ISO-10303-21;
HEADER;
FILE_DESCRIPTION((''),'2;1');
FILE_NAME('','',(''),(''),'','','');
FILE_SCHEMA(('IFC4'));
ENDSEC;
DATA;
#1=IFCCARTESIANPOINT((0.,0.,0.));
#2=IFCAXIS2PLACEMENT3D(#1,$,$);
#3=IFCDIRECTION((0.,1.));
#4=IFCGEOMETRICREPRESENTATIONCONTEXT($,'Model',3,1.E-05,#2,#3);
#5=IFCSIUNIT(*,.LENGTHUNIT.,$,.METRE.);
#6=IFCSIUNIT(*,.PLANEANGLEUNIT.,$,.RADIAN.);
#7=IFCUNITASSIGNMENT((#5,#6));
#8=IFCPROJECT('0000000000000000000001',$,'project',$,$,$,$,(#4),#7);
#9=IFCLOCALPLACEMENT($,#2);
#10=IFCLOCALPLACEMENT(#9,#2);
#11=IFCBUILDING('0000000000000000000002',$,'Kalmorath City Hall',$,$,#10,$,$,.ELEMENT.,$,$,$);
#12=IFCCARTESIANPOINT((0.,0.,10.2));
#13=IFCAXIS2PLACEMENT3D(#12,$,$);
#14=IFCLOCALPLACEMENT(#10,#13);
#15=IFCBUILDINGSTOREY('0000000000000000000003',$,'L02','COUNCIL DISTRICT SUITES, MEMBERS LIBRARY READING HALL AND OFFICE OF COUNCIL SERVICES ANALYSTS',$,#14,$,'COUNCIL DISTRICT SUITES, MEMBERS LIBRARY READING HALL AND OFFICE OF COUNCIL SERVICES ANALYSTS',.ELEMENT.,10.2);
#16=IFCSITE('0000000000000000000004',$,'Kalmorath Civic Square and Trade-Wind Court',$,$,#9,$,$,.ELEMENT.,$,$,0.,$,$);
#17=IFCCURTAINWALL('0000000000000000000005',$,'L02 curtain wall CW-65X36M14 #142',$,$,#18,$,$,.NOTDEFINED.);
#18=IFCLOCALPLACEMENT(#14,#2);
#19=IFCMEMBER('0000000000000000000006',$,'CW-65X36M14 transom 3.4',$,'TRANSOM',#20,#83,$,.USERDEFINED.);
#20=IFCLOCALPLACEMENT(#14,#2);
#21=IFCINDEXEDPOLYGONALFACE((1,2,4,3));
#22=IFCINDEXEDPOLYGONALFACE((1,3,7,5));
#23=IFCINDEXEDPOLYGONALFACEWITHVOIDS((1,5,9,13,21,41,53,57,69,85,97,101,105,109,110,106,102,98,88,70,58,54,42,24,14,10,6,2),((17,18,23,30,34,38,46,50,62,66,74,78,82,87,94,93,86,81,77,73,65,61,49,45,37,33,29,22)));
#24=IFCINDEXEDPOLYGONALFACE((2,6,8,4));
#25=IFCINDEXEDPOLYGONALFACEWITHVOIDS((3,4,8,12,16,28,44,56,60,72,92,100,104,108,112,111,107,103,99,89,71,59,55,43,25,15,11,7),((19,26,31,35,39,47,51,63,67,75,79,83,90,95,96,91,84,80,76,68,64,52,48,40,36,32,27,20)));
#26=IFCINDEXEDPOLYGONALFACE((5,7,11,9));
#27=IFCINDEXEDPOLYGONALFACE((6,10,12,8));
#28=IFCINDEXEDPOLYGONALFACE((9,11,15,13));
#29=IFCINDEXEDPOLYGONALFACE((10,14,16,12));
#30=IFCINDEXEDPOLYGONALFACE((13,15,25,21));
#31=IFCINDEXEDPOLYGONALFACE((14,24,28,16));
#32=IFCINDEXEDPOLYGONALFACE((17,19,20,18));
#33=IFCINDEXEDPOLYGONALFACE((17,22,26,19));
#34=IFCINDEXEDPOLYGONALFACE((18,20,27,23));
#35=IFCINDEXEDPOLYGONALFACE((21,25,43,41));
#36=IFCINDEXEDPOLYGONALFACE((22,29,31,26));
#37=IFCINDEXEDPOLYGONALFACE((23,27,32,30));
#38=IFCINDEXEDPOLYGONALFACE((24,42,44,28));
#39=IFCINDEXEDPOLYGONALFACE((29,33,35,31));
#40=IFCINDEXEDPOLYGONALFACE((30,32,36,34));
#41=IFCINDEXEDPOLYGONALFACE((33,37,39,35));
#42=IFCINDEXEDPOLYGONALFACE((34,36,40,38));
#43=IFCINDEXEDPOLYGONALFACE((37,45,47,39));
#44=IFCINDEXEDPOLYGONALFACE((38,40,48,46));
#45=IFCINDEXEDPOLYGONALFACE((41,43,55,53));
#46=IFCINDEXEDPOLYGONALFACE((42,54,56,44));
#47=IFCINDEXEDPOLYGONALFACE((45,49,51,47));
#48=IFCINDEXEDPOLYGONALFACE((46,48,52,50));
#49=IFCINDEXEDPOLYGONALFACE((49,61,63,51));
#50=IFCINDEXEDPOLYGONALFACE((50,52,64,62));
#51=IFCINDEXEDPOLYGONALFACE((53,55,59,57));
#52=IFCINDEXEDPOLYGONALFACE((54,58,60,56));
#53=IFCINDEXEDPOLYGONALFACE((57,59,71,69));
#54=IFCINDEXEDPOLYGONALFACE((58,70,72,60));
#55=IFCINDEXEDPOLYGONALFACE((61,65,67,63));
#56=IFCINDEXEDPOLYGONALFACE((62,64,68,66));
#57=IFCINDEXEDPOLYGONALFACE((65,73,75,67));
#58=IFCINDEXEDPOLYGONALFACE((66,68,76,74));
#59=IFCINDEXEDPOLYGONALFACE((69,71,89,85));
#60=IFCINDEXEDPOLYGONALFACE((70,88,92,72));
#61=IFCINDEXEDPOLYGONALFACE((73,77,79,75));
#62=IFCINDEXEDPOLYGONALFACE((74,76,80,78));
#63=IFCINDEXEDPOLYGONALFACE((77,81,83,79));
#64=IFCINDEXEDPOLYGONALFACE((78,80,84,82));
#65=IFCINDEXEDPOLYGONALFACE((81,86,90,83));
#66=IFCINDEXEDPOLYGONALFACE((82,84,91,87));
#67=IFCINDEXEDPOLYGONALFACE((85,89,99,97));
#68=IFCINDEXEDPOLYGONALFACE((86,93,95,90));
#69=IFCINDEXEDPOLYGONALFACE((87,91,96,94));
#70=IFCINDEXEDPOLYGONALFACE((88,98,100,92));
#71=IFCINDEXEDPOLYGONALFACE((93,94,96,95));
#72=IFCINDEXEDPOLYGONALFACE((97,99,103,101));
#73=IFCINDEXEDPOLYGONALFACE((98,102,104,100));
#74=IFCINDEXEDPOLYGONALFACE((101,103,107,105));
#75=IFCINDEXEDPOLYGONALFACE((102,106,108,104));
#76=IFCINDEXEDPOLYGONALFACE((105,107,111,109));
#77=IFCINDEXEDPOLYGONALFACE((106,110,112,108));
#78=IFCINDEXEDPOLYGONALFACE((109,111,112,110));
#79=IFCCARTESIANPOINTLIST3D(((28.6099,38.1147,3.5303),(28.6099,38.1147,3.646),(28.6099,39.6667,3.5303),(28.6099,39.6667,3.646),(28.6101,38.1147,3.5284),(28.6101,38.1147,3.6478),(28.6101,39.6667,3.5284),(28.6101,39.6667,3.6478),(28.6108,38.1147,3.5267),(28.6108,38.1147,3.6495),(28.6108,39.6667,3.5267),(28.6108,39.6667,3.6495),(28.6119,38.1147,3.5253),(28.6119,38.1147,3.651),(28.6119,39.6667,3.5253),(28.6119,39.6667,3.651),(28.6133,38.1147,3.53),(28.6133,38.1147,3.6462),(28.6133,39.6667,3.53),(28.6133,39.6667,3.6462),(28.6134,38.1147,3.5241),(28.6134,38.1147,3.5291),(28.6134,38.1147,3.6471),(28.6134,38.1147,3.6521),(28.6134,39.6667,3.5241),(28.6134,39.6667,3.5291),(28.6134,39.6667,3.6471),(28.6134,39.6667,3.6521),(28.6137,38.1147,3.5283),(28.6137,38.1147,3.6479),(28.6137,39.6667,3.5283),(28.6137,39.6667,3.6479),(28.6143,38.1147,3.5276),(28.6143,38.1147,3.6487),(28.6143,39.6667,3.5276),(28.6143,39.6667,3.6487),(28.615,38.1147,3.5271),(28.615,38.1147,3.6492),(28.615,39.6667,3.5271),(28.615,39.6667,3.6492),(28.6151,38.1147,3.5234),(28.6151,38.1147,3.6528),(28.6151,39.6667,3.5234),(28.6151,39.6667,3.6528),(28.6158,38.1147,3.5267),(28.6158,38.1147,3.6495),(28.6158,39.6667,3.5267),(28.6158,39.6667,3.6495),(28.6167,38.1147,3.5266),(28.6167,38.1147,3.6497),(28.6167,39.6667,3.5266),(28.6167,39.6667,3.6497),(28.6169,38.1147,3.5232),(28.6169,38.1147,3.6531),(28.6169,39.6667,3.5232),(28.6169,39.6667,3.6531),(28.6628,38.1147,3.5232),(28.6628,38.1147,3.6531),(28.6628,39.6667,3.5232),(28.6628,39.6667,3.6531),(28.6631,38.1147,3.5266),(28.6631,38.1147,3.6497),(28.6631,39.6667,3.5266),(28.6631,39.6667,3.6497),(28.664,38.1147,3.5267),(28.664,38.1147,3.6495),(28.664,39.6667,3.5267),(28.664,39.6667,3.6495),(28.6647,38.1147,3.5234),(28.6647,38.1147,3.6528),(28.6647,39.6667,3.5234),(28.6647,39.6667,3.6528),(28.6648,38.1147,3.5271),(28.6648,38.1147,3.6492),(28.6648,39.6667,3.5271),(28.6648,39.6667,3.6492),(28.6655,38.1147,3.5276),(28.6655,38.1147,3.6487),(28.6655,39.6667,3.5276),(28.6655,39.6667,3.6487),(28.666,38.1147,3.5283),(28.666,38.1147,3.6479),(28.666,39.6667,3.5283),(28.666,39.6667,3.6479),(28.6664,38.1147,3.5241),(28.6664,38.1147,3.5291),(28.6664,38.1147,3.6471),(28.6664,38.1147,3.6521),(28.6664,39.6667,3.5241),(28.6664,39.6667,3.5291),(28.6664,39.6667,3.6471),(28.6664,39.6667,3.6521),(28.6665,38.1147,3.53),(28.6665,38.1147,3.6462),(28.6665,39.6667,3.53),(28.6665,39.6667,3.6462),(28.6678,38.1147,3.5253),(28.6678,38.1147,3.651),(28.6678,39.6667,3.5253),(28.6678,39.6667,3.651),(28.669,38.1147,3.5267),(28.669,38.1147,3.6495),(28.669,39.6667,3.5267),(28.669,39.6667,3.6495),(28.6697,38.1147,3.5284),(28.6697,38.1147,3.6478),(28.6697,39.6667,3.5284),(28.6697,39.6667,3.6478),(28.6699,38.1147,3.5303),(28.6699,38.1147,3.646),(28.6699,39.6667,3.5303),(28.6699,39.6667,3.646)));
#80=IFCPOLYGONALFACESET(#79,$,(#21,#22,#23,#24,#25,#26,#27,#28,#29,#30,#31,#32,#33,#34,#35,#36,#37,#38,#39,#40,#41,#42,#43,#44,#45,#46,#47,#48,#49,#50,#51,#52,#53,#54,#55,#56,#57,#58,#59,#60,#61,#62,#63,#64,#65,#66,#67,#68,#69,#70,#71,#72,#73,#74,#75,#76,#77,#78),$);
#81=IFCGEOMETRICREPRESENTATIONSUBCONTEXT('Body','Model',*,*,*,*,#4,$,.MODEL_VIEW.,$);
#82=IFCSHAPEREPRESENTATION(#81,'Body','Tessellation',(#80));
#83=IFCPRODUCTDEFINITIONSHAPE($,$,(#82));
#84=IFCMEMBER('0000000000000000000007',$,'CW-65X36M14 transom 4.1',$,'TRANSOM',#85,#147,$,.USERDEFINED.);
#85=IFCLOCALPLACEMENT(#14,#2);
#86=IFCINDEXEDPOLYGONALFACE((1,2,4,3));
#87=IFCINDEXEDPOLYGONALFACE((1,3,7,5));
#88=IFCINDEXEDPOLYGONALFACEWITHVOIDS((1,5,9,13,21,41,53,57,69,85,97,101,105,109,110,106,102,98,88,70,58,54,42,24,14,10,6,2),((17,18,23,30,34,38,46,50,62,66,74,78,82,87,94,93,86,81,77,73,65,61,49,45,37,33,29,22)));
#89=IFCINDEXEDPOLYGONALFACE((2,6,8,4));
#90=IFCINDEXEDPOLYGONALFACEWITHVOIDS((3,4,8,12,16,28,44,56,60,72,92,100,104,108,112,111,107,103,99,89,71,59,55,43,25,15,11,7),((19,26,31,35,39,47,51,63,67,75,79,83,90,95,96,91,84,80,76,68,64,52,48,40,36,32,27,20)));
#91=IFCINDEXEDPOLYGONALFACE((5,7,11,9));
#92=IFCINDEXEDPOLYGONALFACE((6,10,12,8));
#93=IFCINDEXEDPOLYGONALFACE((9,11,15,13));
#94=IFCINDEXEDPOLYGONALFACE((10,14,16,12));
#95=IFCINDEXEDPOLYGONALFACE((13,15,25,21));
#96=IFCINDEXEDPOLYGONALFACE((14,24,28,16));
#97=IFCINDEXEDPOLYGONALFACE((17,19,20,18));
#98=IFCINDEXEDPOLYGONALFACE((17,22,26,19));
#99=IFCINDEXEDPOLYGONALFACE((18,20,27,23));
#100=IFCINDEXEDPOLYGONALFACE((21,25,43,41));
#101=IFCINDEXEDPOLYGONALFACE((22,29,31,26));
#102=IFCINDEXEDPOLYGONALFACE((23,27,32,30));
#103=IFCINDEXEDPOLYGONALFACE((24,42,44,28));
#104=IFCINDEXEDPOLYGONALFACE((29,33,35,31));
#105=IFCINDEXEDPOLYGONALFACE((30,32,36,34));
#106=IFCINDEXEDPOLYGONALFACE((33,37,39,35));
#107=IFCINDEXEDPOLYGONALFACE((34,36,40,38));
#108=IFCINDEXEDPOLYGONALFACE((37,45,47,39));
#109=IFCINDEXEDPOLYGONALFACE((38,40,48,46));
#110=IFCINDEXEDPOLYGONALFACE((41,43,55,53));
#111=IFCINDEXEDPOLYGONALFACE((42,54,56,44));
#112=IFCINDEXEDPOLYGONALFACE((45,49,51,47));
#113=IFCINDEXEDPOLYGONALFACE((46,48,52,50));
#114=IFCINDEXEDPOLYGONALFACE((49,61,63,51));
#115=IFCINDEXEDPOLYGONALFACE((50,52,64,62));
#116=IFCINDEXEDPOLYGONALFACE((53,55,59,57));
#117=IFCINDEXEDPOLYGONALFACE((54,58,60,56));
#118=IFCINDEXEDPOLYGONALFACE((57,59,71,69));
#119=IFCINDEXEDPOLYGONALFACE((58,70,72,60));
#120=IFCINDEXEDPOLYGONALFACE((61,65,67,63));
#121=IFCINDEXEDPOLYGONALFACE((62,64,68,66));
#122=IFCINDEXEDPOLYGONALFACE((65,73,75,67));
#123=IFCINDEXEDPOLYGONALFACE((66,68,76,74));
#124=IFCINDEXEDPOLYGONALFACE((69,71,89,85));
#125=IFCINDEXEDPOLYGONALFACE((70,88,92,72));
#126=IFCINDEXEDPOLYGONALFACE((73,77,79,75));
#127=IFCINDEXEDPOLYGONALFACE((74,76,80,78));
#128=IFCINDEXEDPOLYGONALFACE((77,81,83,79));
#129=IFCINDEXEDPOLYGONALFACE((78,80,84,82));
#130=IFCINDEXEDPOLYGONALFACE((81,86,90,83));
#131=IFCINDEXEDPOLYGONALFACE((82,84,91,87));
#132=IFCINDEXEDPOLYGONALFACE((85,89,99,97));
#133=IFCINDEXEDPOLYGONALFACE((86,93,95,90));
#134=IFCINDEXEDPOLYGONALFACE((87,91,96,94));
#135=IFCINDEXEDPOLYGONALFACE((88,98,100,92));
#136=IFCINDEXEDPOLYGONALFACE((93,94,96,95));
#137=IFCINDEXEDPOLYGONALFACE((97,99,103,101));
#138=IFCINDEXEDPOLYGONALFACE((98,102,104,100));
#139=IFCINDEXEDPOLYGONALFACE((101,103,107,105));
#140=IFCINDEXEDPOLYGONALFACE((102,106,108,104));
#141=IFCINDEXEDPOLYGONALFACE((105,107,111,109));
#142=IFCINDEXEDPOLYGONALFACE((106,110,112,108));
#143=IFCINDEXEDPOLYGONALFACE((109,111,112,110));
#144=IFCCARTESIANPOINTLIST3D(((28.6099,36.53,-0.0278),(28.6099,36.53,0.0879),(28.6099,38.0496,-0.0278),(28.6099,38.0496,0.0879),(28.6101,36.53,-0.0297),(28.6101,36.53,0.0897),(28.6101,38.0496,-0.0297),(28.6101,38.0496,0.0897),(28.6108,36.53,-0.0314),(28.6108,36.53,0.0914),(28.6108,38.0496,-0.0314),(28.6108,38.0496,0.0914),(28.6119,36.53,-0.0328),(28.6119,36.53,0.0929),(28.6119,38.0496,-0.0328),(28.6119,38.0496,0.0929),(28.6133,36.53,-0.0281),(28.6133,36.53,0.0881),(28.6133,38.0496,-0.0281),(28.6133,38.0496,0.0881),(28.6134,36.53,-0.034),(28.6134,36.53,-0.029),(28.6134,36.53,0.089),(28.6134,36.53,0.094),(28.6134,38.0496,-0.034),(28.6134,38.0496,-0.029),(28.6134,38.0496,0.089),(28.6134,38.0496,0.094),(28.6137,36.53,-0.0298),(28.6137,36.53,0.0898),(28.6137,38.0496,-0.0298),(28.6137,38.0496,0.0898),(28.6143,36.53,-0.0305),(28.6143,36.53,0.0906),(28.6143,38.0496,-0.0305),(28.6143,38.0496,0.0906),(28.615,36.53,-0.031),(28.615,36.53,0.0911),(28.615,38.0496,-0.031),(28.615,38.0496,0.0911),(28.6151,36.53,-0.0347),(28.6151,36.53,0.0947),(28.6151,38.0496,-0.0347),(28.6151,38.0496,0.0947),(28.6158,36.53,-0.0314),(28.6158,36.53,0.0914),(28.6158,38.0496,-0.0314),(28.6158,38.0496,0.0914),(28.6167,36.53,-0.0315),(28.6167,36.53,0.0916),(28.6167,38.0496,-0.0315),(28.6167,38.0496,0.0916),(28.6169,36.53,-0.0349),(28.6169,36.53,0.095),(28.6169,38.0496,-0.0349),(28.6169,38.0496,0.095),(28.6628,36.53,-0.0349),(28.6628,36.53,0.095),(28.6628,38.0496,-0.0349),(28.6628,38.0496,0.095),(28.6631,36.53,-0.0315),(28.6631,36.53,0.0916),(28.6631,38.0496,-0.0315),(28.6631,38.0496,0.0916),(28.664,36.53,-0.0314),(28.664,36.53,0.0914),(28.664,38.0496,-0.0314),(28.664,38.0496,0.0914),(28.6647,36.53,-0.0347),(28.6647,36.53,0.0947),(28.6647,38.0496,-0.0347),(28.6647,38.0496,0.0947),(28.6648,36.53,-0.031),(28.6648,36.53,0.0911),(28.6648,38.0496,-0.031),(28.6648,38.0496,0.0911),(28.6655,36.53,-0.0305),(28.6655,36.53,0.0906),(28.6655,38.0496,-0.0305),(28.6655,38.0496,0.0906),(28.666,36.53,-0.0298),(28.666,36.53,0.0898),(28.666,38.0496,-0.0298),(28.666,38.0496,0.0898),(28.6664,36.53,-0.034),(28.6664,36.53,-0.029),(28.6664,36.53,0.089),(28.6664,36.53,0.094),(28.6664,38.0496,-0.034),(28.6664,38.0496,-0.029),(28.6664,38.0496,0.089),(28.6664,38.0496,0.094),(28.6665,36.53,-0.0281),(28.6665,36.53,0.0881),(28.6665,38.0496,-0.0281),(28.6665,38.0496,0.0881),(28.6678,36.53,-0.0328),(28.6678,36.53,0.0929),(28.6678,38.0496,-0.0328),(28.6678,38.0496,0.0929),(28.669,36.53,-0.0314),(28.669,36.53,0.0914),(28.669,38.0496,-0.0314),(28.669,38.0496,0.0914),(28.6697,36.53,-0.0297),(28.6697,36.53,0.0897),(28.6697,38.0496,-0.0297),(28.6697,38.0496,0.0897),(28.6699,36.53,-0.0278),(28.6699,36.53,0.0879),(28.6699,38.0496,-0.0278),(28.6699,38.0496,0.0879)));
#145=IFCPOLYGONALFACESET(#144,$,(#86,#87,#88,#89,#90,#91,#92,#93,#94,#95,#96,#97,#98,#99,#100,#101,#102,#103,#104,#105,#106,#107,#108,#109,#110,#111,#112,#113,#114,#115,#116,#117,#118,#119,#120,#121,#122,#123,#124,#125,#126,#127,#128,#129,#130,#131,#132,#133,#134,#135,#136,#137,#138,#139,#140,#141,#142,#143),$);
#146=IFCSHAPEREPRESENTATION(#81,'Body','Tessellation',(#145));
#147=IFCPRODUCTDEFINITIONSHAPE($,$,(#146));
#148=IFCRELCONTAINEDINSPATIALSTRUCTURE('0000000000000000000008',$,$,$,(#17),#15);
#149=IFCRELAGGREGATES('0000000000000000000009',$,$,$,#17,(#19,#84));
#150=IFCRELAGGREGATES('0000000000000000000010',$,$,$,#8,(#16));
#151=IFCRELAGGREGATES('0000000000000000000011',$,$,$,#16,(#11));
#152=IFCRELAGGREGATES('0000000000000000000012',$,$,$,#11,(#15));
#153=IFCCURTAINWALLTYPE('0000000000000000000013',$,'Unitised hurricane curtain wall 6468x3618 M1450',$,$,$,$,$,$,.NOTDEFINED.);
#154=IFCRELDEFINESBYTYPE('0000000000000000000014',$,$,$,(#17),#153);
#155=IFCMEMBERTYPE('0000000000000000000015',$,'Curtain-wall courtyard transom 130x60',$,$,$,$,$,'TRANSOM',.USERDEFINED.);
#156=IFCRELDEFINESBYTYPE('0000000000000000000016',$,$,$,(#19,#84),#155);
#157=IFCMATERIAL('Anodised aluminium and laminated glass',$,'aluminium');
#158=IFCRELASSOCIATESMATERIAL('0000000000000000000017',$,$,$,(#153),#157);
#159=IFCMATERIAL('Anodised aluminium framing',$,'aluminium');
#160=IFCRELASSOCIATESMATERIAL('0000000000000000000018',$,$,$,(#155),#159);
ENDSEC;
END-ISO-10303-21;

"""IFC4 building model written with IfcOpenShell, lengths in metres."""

from ifc_helpers import new_model, si_unit, direction, frame, origin, origin_2d, place, context, subcontext, project, spatial, hollow_rectangle, extrude, material, material_profile, profile_set, type_object, element, aggregate, save


model = new_model("IFC4")

# Units and contexts
model_context = context("Model", 3, precision=1e-05, world=origin(), true_north=direction((0.0, 1.0)))
body_context = subcontext(model_context, "Body", "Model", "MODEL_VIEW")
ifc_project = project(units=[si_unit("LENGTHUNIT", "METRE"), si_unit("PLANEANGLEUNIT", "RADIAN")], contexts=[model_context])

# Site, building, storey
site_placement = place(None, origin())
site = spatial("IfcSite", under=ifc_project, at=site_placement, Name="Kalmorath Civic Square and Trade-Wind Court", CompositionType="ELEMENT", RefElevation=0.0)
building_placement = place(site_placement, origin())
building = spatial("IfcBuilding", under=site, at=building_placement, Name="Kalmorath City Hall", CompositionType="ELEMENT")
storey_placement = place(building_placement, frame((0.0, 0.0, 10.2)))
storey = spatial("IfcBuildingStorey", under=building, at=storey_placement, Name="L02", Description="COUNCIL DISTRICT SUITES, MEMBERS LIBRARY READING HALL AND OFFICE OF COUNCIL SERVICES ANALYSTS", LongName="COUNCIL DISTRICT SUITES, MEMBERS LIBRARY READING HALL AND OFFICE OF COUNCIL SERVICES ANALYSTS", CompositionType="ELEMENT", Elevation=10.2)

# Curtain wall, members
ifc_material_1 = material(Name="Anodised aluminium and laminated glass", Category="aluminium")
curtain_wall_type = type_object("IfcCurtainWallType", Name="Unitised hurricane curtain wall 6468x3618 M1450", PredefinedType="NOTDEFINED", material=ifc_material_1)
curtain_wall_placement = place(storey_placement, origin())
curtain_wall = element("IfcCurtainWall", 1, at=curtain_wall_placement, inside=storey, type_object=curtain_wall_type, Name="L02 curtain wall CW-65X36M14 #142", PredefinedType="NOTDEFINED")
ifc_material_2 = material(Name="Anodised aluminium framing", Category="aluminium")
ifc_material_profile_1 = material_profile(ifc_material_2, hollow_rectangle(XDim=0.0601, YDim=0.1299, WallThickness=0.0034, InnerFilletRadius=0.0034, OuterFilletRadius=0.0071, at=origin_2d()), Name="ALU-TRN-130X60X3.5")
ifc_profile_set_1 = profile_set([ifc_material_profile_1], Name="Anodised aluminium framing")
member_type_1 = type_object("IfcMemberType", Name="Curtain-wall courtyard transom 130x60", ElementType="TRANSOM", PredefinedType="USERDEFINED", material=ifc_profile_set_1)
member_1_placement = place(storey_placement, frame((28.6399, 39.6667, 3.5881), z_axis=(0.0, -1.0, 0.0), x_axis=(1.0, 0.0, 0.0)))
member_1 = element("IfcMember", 2, at=member_1_placement, type_object=member_type_1, Name="CW-65X36M14 transom 3.4", ObjectType="TRANSOM", PredefinedType="USERDEFINED", context=body_context, shape_type="SweptSolid", body=[
    extrude(hollow_rectangle(XDim=0.0601, YDim=0.1299, WallThickness=0.0034, InnerFilletRadius=0.0034, OuterFilletRadius=0.0071, at=origin_2d()), origin(), (0.0, 0.0, 1.0), 1.552),
])
member_2_placement = place(storey_placement, frame((28.6399, 38.0496, 0.03), z_axis=(0.0, -1.0, 0.0), x_axis=(1.0, 0.0, 0.0)))
member_2 = element("IfcMember", 3, at=member_2_placement, type_object=member_type_1, Name="CW-65X36M14 transom 4.1", ObjectType="TRANSOM", PredefinedType="USERDEFINED", context=body_context, shape_type="SweptSolid", body=[
    extrude(hollow_rectangle(XDim=0.0601, YDim=0.1299, WallThickness=0.0034, InnerFilletRadius=0.0034, OuterFilletRadius=0.0071, at=origin_2d()), origin(), (0.0, 0.0, 1.0), 1.5195),
])

aggregate(curtain_wall, [member_1, member_2])

save(model, "model.ifc")
